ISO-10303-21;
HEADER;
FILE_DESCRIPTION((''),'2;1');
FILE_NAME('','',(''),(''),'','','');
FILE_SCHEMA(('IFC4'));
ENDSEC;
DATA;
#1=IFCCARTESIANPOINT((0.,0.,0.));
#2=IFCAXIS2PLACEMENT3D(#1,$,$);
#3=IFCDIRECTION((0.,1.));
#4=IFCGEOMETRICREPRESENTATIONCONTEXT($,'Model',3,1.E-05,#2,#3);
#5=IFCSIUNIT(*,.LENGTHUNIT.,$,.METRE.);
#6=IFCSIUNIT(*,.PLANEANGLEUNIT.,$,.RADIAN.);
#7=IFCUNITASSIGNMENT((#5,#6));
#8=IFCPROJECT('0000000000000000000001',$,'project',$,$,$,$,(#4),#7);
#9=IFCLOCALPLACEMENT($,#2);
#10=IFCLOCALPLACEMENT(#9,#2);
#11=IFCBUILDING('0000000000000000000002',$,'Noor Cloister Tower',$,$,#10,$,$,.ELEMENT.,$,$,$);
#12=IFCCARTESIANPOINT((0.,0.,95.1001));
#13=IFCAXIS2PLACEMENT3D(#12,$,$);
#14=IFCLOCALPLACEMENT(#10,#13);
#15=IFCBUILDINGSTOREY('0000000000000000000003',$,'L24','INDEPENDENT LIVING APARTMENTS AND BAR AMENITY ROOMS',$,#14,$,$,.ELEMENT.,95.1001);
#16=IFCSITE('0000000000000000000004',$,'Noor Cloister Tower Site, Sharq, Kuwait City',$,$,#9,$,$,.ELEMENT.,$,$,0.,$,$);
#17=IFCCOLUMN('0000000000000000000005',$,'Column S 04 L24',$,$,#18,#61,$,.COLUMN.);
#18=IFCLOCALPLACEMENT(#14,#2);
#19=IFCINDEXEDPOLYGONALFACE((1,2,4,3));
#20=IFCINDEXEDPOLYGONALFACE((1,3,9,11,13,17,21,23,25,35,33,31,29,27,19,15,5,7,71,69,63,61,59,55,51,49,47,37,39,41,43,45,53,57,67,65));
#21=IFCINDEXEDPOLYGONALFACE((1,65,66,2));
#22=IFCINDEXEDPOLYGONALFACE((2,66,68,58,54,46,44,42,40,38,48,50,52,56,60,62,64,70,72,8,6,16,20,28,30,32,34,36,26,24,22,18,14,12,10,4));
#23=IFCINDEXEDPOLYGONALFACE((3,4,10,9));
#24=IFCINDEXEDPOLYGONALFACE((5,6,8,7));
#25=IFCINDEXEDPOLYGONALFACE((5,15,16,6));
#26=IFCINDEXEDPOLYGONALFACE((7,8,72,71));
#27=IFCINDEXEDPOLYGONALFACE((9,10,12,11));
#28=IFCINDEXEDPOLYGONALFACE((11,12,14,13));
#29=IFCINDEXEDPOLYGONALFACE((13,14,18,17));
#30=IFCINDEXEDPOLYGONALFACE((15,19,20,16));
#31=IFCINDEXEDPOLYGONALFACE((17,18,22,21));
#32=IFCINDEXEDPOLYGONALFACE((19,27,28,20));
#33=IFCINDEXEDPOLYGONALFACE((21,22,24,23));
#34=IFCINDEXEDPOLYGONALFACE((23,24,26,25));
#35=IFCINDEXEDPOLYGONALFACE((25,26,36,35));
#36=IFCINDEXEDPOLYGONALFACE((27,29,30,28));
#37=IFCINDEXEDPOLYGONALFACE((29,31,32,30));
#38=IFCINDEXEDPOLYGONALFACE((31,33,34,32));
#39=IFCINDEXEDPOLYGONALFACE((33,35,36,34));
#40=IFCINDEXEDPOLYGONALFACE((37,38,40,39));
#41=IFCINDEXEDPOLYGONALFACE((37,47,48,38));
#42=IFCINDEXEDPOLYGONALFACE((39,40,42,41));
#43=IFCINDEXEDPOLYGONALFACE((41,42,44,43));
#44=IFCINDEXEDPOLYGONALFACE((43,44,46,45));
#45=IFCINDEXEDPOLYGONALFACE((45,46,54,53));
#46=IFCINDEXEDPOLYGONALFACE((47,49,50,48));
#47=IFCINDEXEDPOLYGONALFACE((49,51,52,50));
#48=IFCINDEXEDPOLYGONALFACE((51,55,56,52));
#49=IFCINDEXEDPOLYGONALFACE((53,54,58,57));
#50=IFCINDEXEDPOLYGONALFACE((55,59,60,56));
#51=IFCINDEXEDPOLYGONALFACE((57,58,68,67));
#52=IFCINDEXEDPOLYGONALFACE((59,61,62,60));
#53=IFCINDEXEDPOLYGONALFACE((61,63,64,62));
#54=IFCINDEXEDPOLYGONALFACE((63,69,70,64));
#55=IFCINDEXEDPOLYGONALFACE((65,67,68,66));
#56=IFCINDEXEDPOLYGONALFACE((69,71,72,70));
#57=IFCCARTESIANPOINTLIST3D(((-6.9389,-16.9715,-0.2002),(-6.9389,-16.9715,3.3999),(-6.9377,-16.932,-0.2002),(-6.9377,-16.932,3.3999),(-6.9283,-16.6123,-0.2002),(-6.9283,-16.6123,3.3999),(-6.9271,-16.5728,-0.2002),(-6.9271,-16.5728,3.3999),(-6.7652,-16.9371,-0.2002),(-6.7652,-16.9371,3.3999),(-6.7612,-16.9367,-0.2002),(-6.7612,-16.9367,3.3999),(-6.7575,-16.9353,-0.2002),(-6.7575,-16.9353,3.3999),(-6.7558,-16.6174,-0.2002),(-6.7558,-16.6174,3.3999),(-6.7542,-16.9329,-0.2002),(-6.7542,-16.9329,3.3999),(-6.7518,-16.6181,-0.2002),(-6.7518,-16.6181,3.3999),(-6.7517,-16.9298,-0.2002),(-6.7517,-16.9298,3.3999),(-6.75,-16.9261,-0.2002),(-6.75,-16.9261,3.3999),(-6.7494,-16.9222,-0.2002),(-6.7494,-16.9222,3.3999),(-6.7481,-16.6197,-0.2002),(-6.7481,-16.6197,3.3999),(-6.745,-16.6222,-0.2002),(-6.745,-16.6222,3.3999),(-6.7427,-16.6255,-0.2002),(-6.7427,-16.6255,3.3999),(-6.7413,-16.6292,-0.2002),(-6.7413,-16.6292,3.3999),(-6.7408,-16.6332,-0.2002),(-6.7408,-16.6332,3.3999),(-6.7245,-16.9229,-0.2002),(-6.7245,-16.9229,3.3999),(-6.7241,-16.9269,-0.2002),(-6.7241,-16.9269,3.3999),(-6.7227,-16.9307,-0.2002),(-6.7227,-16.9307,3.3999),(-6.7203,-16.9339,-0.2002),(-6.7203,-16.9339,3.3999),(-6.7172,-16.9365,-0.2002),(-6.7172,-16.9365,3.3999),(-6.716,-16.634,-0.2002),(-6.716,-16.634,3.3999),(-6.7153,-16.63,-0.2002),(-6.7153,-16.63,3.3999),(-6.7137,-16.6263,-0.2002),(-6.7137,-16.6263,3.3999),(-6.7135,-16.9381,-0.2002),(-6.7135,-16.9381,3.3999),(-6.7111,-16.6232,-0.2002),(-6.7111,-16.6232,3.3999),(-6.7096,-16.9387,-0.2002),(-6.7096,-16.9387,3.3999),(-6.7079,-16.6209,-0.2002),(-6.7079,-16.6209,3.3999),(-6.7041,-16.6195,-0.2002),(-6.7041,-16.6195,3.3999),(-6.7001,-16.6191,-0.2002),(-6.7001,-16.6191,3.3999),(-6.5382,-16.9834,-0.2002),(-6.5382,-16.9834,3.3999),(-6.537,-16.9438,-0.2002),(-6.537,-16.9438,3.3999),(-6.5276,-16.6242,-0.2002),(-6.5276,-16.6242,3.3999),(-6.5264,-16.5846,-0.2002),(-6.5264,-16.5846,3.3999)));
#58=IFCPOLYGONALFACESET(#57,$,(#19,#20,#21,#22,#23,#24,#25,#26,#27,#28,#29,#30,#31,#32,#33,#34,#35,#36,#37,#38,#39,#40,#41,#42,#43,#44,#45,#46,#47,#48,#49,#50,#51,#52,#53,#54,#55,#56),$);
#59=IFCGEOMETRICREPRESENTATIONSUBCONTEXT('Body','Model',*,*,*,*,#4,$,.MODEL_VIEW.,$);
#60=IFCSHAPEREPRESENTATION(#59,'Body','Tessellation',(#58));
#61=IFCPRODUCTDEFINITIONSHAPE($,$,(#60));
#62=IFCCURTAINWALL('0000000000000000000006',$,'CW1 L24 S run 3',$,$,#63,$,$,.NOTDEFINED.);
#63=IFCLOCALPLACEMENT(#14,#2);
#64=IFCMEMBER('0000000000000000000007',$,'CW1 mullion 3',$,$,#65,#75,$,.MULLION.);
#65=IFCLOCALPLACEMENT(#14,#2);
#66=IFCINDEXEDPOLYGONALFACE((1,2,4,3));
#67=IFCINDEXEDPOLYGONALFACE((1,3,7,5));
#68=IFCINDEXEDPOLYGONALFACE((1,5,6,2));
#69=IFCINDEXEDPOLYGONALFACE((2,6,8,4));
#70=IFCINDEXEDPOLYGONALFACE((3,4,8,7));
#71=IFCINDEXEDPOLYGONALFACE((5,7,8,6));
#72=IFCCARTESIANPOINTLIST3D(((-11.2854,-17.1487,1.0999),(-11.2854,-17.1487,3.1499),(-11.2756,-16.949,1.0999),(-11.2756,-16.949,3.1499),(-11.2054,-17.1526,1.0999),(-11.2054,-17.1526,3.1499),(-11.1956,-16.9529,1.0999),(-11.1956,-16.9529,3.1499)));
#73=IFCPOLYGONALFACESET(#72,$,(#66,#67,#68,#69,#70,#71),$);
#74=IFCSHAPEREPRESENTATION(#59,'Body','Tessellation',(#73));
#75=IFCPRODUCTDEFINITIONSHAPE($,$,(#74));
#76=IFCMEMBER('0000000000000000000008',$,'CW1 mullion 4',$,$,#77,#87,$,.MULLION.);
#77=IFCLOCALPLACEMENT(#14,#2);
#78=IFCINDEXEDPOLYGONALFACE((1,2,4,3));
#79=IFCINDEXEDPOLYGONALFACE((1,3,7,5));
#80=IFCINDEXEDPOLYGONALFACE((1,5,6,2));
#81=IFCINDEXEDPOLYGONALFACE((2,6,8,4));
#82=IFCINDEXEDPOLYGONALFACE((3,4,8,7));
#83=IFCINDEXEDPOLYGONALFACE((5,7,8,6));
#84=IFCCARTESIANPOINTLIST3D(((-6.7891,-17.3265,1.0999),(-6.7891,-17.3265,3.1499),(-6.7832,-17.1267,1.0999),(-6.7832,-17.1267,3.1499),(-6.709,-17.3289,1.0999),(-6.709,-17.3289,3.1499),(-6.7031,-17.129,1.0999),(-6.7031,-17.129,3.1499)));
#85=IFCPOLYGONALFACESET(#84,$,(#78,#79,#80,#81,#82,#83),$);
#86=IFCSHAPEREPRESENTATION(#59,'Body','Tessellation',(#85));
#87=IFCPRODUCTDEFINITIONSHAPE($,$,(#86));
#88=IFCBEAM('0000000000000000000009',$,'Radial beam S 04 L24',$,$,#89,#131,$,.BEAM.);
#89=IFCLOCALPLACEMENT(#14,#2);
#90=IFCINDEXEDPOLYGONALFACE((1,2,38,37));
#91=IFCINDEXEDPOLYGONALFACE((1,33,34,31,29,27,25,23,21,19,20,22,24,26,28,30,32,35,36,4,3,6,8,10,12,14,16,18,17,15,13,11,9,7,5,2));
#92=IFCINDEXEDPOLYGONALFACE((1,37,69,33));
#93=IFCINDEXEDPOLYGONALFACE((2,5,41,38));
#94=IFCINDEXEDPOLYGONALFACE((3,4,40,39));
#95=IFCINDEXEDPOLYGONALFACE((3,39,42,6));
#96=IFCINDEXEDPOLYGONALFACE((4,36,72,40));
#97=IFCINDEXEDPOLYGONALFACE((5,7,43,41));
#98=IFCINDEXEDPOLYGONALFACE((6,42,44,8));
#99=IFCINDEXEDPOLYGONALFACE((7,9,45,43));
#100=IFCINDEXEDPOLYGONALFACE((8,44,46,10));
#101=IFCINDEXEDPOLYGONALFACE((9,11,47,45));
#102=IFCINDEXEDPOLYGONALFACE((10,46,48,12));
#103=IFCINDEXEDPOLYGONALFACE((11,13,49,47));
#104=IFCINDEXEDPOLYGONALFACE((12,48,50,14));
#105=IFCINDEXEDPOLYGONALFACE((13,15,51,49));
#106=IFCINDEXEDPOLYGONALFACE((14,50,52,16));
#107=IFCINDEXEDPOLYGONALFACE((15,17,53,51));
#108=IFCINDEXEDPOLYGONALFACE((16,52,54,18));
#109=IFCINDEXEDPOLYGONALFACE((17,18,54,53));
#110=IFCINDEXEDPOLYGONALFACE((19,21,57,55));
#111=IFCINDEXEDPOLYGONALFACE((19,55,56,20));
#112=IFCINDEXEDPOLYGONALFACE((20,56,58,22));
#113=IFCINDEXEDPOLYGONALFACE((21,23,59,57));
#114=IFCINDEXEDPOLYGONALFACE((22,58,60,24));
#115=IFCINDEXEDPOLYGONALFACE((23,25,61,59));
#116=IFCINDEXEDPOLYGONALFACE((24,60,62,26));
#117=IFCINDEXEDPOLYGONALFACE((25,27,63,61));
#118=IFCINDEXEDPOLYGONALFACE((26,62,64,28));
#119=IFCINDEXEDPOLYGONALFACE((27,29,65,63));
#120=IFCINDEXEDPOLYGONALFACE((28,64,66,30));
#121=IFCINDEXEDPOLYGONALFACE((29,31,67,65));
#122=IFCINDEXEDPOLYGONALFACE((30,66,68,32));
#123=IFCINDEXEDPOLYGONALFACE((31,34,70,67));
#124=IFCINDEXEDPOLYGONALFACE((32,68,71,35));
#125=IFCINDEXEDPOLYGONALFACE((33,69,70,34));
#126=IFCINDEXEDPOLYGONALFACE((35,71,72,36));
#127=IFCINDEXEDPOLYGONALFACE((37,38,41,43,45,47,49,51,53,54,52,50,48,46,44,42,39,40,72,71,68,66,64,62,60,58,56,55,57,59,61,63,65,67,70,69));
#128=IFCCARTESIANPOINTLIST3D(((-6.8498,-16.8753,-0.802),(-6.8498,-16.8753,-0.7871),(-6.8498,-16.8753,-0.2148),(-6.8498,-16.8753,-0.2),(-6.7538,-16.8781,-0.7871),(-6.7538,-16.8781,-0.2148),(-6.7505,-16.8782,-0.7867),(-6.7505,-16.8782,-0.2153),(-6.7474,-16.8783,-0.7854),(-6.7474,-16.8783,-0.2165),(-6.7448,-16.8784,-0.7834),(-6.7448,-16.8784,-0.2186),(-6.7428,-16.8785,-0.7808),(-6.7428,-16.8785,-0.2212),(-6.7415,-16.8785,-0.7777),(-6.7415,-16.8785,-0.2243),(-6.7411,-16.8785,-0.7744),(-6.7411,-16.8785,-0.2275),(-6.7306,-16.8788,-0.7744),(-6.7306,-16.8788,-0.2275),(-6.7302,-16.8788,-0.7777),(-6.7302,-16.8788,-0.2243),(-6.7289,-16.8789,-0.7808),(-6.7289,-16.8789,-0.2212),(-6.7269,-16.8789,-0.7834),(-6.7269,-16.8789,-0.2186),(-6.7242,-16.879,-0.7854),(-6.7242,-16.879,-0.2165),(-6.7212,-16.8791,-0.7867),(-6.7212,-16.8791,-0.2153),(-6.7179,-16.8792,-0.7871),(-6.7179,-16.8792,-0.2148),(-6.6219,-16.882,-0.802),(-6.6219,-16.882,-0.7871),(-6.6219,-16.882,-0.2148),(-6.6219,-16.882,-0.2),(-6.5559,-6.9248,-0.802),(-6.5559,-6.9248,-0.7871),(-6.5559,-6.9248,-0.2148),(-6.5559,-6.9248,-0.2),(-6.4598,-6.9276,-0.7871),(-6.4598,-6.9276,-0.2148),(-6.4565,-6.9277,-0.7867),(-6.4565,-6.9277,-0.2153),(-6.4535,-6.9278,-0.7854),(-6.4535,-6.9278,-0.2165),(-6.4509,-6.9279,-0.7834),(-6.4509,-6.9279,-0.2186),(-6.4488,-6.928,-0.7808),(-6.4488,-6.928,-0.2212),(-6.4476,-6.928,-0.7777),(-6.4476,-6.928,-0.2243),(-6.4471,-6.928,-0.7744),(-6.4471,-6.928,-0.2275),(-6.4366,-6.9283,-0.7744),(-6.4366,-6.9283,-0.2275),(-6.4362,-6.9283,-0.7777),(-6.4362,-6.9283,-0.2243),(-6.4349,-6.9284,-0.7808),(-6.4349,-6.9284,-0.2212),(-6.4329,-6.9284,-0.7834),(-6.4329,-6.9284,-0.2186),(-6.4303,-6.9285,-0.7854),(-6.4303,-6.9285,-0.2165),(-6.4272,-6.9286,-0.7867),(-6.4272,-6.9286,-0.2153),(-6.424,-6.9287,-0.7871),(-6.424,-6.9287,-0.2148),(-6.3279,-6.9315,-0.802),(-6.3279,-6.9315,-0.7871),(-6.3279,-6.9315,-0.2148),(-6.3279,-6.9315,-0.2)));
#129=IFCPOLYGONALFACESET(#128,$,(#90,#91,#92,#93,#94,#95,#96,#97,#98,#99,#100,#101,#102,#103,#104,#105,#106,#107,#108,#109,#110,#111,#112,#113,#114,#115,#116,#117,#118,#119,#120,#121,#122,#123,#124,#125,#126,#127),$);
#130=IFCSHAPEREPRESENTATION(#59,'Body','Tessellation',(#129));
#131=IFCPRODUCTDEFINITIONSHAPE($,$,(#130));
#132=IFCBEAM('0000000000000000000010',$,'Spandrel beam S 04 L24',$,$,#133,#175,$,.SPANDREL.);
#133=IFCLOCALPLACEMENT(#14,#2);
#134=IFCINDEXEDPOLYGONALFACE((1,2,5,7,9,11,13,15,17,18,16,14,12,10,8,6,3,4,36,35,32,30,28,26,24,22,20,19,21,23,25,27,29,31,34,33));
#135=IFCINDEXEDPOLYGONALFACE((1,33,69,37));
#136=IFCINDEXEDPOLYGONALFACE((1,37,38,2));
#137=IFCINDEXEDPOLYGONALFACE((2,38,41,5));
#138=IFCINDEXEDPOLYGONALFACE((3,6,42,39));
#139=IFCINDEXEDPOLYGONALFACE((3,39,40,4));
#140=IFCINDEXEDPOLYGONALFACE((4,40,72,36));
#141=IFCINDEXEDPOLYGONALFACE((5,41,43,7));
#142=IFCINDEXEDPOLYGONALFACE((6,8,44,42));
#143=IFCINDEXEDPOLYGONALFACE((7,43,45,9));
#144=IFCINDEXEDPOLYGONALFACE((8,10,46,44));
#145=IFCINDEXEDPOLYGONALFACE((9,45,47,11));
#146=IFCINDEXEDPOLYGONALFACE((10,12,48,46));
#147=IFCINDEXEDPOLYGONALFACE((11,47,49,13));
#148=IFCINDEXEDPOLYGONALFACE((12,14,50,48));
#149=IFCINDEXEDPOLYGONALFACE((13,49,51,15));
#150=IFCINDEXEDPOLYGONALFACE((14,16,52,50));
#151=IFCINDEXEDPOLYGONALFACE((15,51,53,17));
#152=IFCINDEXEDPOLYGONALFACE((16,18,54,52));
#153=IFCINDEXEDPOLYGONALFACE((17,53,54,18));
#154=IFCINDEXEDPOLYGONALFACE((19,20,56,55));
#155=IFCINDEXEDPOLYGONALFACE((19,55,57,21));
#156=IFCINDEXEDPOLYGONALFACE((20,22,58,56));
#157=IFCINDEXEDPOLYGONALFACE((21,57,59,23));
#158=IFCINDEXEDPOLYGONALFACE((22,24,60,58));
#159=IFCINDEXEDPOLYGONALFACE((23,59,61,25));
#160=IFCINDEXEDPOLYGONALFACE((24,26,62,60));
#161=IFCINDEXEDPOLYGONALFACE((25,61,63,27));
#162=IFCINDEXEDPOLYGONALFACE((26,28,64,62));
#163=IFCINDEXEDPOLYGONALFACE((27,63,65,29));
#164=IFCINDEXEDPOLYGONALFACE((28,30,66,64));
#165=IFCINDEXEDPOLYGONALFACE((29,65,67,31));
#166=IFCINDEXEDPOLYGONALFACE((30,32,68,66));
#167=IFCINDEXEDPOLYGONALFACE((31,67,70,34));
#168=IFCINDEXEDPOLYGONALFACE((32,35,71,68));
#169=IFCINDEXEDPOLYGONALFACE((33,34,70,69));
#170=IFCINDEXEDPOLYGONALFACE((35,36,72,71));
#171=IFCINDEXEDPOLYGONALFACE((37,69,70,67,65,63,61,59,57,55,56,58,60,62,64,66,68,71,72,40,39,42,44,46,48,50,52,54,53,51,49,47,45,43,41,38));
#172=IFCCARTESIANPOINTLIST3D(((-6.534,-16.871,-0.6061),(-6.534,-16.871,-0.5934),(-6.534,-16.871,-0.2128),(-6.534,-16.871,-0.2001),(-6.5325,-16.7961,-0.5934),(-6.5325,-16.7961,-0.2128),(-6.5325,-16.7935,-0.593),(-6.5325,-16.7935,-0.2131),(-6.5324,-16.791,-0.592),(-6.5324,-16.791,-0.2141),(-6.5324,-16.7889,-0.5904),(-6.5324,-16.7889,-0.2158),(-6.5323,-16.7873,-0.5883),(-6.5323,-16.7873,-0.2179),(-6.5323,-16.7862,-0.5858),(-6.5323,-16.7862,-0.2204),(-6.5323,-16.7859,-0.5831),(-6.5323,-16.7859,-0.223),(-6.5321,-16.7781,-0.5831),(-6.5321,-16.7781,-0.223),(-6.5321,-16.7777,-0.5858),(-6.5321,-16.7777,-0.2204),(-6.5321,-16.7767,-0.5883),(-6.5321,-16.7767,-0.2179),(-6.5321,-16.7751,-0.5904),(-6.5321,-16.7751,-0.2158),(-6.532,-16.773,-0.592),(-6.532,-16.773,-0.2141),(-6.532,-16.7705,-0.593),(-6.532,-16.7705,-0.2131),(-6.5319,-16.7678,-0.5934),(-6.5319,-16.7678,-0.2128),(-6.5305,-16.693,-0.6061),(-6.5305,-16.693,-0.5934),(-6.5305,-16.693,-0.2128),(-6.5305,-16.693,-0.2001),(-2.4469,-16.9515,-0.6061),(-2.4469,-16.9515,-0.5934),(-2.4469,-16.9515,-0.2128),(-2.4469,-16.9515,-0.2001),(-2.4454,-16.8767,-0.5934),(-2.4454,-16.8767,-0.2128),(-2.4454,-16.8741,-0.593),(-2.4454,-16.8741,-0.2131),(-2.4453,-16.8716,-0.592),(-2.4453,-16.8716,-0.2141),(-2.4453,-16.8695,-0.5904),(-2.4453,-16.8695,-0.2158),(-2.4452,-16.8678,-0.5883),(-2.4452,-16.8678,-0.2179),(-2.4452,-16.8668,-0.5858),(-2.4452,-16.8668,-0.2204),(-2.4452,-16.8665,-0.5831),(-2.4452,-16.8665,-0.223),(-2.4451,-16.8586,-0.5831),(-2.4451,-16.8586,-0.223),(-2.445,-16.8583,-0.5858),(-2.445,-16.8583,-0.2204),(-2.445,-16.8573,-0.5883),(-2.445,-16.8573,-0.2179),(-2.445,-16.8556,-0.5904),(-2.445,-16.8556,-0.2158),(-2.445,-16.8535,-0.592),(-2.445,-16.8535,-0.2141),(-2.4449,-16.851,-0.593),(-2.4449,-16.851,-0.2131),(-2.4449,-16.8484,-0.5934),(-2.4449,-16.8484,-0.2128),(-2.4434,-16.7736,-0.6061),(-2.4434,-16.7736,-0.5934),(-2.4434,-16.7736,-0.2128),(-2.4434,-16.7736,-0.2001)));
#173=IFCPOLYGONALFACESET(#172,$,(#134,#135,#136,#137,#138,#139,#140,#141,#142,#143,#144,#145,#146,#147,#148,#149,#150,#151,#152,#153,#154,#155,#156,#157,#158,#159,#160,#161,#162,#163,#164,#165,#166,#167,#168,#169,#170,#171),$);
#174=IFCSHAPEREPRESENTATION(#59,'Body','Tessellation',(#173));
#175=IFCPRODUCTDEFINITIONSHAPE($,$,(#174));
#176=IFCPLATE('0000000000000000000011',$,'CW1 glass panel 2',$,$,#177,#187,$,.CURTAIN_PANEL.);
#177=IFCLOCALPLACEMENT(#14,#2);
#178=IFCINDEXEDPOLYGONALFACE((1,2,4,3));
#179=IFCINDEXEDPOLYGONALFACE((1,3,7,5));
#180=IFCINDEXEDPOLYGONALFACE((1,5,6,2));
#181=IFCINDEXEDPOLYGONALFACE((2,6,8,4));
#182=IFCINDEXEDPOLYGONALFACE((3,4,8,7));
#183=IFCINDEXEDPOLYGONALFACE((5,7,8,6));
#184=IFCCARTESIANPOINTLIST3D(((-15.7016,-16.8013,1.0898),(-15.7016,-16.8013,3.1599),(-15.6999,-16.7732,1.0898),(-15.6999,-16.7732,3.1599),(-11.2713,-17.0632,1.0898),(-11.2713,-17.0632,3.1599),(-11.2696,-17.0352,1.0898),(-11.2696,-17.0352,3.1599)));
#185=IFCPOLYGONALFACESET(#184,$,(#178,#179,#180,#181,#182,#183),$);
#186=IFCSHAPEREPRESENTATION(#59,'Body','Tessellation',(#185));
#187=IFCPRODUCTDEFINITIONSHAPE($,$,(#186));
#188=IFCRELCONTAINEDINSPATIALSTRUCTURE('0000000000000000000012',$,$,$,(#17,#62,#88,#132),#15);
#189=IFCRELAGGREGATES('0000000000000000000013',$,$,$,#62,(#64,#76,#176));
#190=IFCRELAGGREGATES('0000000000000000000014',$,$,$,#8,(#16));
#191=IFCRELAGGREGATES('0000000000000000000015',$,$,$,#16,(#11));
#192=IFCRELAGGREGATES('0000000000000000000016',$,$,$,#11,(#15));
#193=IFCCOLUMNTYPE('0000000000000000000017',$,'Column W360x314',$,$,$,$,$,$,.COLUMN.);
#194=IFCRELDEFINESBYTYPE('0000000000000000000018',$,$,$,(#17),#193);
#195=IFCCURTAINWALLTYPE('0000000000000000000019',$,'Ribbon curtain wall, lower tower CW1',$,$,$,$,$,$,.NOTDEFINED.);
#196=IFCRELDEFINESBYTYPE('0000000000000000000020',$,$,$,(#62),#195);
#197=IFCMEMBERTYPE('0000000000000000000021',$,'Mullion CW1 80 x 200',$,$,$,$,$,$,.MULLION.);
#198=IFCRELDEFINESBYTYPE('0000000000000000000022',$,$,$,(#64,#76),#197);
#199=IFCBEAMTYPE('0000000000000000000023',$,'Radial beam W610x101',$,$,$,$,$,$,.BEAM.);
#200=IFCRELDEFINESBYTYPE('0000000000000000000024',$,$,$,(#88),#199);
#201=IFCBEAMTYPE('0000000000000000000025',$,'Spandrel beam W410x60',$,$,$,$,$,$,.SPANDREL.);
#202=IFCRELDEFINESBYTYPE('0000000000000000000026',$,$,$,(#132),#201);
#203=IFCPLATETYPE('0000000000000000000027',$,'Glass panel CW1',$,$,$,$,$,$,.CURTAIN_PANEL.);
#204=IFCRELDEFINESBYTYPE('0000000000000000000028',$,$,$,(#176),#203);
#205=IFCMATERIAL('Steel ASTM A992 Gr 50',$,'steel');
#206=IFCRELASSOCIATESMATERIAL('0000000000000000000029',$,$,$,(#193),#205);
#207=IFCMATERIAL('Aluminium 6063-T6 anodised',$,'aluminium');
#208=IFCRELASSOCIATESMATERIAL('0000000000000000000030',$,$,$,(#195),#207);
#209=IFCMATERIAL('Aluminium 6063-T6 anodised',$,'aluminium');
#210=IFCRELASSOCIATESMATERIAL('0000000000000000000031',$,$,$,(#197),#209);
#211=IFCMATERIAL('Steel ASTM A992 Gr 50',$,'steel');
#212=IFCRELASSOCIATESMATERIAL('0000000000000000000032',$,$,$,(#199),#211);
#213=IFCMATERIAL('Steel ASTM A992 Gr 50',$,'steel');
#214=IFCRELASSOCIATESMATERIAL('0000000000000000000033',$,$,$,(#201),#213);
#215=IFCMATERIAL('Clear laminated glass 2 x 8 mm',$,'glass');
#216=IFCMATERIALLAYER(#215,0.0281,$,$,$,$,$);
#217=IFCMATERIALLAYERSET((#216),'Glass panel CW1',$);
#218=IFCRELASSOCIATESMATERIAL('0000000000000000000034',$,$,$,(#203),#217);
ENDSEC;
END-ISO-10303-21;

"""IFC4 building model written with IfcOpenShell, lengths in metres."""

from ifc_helpers import new_model, si_unit, direction, frame, origin, origin_2d, place, context, subcontext, project, spatial, rectangle, i_section, extrude, material, layer, layer_set, material_profile, profile_set, type_object, element, aggregate, save


model = new_model("IFC4")

# Units and contexts
model_context = context("Model", 3, precision=1e-05, world=origin(), true_north=direction((0.0, 1.0)))
body_context = subcontext(model_context, "Body", "Model", "MODEL_VIEW")
ifc_project = project(units=[si_unit("LENGTHUNIT", "METRE"), si_unit("PLANEANGLEUNIT", "RADIAN")], contexts=[model_context])

# Site, building, storey
site_placement = place(None, origin())
site = spatial("IfcSite", under=ifc_project, at=site_placement, Name="Noor Cloister Tower Site, Sharq, Kuwait City", CompositionType="ELEMENT", RefElevation=0.0)
building_placement = place(site_placement, origin())
building = spatial("IfcBuilding", under=site, at=building_placement, Name="Noor Cloister Tower", CompositionType="ELEMENT")
storey_placement = place(building_placement, frame((0.0, 0.0, 95.1001)))
storey = spatial("IfcBuildingStorey", under=building, at=storey_placement, Name="L24", Description="INDEPENDENT LIVING APARTMENTS AND BAR AMENITY ROOMS", CompositionType="ELEMENT", Elevation=95.1001)

# Column
ifc_material_1 = material(Name="Steel ASTM A992 Gr 50", Category="steel")
ifc_material_profile_1 = material_profile(ifc_material_1, i_section(OverallWidth=0.4009, OverallDepth=0.3989, WebThickness=0.0249, FlangeThickness=0.0396, FilletRadius=0.0154, at=origin_2d()), Name="W360x314")
ifc_profile_set_1 = profile_set([ifc_material_profile_1], Name="Steel ASTM A992 Gr 50")
column_type = type_object("IfcColumnType", Name="Column W360x314", PredefinedType="COLUMN", material=ifc_profile_set_1)
column_placement = place(storey_placement, frame((-6.7327, -16.7781, -0.2002), z_axis=(0.0, 0.0, 1.0), x_axis=(0.999564, -0.029521, 0.0)))
element("IfcColumn", 1, at=column_placement, inside=storey, type_object=column_type, Name="Column S 04 L24", PredefinedType="COLUMN", context=body_context, shape_type="SweptSolid", body=[
    extrude(i_section(OverallWidth=0.4009, OverallDepth=0.3989, WebThickness=0.0249, FlangeThickness=0.0396, FilletRadius=0.0154, at=origin_2d()), origin(), (0.0, 0.0, 1.0), 3.6001),
])

# Curtain wall, members
ifc_material_2 = material(Name="Aluminium 6063-T6 anodised", Category="aluminium")
curtain_wall_type = type_object("IfcCurtainWallType", Name="Ribbon curtain wall, lower tower CW1", PredefinedType="NOTDEFINED", material=ifc_material_2)
curtain_wall_placement = place(storey_placement, origin())
curtain_wall = element("IfcCurtainWall", 2, at=curtain_wall_placement, inside=storey, type_object=curtain_wall_type, Name="CW1 L24 S run 3", PredefinedType="NOTDEFINED")
ifc_material_3 = material(Name="Aluminium 6063-T6 anodised", Category="aluminium")
ifc_material_profile_2 = material_profile(ifc_material_3, rectangle(XDim=0.2, YDim=0.0801, at=origin_2d()), Name="200 x 80 mullion")
ifc_profile_set_2 = profile_set([ifc_material_profile_2], Name="Aluminium 6063-T6 anodised")
member_type = type_object("IfcMemberType", Name="Mullion CW1 80 x 200", PredefinedType="MULLION", material=ifc_profile_set_2)
member_1_placement = place(storey_placement, frame((-11.2405, -17.0508, 1.0999), z_axis=(0.0, 0.0, 1.0), x_axis=(0.049188, 0.99879, 0.0)))
member_1 = element("IfcMember", 3, at=member_1_placement, type_object=member_type, Name="CW1 mullion 3", PredefinedType="MULLION", context=body_context, shape_type="SweptSolid", body=[
    extrude(rectangle(XDim=0.2, YDim=0.0801, at=origin_2d()), origin(), (0.0, 0.0, 1.0), 2.05),
])
member_2_placement = place(storey_placement, frame((-6.7461, -17.2278, 1.0999), z_axis=(0.0, 0.0, 1.0), x_axis=(0.029521, 0.999564, 0.0)))
member_2 = element("IfcMember", 4, at=member_2_placement, type_object=member_type, Name="CW1 mullion 4", PredefinedType="MULLION", context=body_context, shape_type="SweptSolid", body=[
    extrude(rectangle(XDim=0.2, YDim=0.0801, at=origin_2d()), origin(), (0.0, 0.0, 1.0), 2.05),
])

# Beams
ifc_material_4 = material(Name="Steel ASTM A992 Gr 50", Category="steel")
ifc_material_profile_3 = material_profile(ifc_material_4, i_section(OverallWidth=0.228, OverallDepth=0.6021, WebThickness=0.0105, FlangeThickness=0.0149, FilletRadius=0.0127, at=origin_2d()), Name="W610x101")
ifc_profile_set_3 = profile_set([ifc_material_profile_3], Name="Steel ASTM A992 Gr 50")
beam_type_1 = type_object("IfcBeamType", Name="Radial beam W610x101", PredefinedType="BEAM", material=ifc_profile_set_3)
beam_1_placement = place(storey_placement, frame((-6.7358, -16.8787, -0.501), z_axis=(0.029528, 0.999564, 0.0), x_axis=(-0.999564, 0.029528, 0.0)))
element("IfcBeam", 5, at=beam_1_placement, inside=storey, type_object=beam_type_1, Name="Radial beam S 04 L24", PredefinedType="BEAM", context=body_context, shape_type="SweptSolid", body=[
    extrude(i_section(OverallWidth=0.228, OverallDepth=0.6021, WebThickness=0.0105, FlangeThickness=0.0149, FilletRadius=0.0127, at=origin_2d()), origin(), (0.0, 0.0, 1.0), 9.9548),
])
ifc_material_5 = material(Name="Steel ASTM A992 Gr 50", Category="steel")
ifc_material_profile_4 = material_profile(ifc_material_5, i_section(OverallWidth=0.178, OverallDepth=0.406, WebThickness=0.0078, FlangeThickness=0.0127, FilletRadius=0.0103, at=origin_2d()), Name="W410x60")
ifc_profile_set_4 = profile_set([ifc_material_profile_4], Name="Steel ASTM A992 Gr 50")
beam_type_2 = type_object("IfcBeamType", Name="Spandrel beam W410x60", PredefinedType="SPANDREL", material=ifc_profile_set_4)
beam_2_placement = place(storey_placement, frame((-6.5322, -16.782, -0.4031), z_axis=(0.999806, -0.019708, 0.0), x_axis=(0.019708, 0.999806, 0.0)))
element("IfcBeam", 6, at=beam_2_placement, inside=storey, type_object=beam_type_2, Name="Spandrel beam S 04 L24", PredefinedType="SPANDREL", context=body_context, shape_type="SweptSolid", body=[
    extrude(i_section(OverallWidth=0.178, OverallDepth=0.406, WebThickness=0.0078, FlangeThickness=0.0127, FilletRadius=0.0103, at=origin_2d()), origin(), (0.0, 0.0, 1.0), 4.0879),
])

# Plate
ifc_material_6 = material(Name="Clear laminated glass 2 x 8 mm", Category="glass")
ifc_layer = layer(ifc_material_6, 0.0281)
ifc_layer_set = layer_set([ifc_layer], Name="Glass panel CW1")
plate_type = type_object("IfcPlateType", Name="Glass panel CW1", PredefinedType="CURTAIN_PANEL", material=ifc_layer_set)
plate_1_placement = place(storey_placement, frame((-13.4856, -16.9182, 1.0898), z_axis=(0.0, 0.0, 1.0), x_axis=(0.998257, -0.059016, 0.0)))
plate_1 = element("IfcPlate", 7, at=plate_1_placement, type_object=plate_type, Name="CW1 glass panel 2", PredefinedType="CURTAIN_PANEL", context=body_context, shape_type="SweptSolid", body=[
    extrude(rectangle(XDim=4.438, YDim=0.0281, at=origin_2d()), origin(), (0.0, 0.0, 1.0), 2.0701),
])
aggregate(curtain_wall, [member_1, member_2, plate_1])

save(model, "model.ifc")
